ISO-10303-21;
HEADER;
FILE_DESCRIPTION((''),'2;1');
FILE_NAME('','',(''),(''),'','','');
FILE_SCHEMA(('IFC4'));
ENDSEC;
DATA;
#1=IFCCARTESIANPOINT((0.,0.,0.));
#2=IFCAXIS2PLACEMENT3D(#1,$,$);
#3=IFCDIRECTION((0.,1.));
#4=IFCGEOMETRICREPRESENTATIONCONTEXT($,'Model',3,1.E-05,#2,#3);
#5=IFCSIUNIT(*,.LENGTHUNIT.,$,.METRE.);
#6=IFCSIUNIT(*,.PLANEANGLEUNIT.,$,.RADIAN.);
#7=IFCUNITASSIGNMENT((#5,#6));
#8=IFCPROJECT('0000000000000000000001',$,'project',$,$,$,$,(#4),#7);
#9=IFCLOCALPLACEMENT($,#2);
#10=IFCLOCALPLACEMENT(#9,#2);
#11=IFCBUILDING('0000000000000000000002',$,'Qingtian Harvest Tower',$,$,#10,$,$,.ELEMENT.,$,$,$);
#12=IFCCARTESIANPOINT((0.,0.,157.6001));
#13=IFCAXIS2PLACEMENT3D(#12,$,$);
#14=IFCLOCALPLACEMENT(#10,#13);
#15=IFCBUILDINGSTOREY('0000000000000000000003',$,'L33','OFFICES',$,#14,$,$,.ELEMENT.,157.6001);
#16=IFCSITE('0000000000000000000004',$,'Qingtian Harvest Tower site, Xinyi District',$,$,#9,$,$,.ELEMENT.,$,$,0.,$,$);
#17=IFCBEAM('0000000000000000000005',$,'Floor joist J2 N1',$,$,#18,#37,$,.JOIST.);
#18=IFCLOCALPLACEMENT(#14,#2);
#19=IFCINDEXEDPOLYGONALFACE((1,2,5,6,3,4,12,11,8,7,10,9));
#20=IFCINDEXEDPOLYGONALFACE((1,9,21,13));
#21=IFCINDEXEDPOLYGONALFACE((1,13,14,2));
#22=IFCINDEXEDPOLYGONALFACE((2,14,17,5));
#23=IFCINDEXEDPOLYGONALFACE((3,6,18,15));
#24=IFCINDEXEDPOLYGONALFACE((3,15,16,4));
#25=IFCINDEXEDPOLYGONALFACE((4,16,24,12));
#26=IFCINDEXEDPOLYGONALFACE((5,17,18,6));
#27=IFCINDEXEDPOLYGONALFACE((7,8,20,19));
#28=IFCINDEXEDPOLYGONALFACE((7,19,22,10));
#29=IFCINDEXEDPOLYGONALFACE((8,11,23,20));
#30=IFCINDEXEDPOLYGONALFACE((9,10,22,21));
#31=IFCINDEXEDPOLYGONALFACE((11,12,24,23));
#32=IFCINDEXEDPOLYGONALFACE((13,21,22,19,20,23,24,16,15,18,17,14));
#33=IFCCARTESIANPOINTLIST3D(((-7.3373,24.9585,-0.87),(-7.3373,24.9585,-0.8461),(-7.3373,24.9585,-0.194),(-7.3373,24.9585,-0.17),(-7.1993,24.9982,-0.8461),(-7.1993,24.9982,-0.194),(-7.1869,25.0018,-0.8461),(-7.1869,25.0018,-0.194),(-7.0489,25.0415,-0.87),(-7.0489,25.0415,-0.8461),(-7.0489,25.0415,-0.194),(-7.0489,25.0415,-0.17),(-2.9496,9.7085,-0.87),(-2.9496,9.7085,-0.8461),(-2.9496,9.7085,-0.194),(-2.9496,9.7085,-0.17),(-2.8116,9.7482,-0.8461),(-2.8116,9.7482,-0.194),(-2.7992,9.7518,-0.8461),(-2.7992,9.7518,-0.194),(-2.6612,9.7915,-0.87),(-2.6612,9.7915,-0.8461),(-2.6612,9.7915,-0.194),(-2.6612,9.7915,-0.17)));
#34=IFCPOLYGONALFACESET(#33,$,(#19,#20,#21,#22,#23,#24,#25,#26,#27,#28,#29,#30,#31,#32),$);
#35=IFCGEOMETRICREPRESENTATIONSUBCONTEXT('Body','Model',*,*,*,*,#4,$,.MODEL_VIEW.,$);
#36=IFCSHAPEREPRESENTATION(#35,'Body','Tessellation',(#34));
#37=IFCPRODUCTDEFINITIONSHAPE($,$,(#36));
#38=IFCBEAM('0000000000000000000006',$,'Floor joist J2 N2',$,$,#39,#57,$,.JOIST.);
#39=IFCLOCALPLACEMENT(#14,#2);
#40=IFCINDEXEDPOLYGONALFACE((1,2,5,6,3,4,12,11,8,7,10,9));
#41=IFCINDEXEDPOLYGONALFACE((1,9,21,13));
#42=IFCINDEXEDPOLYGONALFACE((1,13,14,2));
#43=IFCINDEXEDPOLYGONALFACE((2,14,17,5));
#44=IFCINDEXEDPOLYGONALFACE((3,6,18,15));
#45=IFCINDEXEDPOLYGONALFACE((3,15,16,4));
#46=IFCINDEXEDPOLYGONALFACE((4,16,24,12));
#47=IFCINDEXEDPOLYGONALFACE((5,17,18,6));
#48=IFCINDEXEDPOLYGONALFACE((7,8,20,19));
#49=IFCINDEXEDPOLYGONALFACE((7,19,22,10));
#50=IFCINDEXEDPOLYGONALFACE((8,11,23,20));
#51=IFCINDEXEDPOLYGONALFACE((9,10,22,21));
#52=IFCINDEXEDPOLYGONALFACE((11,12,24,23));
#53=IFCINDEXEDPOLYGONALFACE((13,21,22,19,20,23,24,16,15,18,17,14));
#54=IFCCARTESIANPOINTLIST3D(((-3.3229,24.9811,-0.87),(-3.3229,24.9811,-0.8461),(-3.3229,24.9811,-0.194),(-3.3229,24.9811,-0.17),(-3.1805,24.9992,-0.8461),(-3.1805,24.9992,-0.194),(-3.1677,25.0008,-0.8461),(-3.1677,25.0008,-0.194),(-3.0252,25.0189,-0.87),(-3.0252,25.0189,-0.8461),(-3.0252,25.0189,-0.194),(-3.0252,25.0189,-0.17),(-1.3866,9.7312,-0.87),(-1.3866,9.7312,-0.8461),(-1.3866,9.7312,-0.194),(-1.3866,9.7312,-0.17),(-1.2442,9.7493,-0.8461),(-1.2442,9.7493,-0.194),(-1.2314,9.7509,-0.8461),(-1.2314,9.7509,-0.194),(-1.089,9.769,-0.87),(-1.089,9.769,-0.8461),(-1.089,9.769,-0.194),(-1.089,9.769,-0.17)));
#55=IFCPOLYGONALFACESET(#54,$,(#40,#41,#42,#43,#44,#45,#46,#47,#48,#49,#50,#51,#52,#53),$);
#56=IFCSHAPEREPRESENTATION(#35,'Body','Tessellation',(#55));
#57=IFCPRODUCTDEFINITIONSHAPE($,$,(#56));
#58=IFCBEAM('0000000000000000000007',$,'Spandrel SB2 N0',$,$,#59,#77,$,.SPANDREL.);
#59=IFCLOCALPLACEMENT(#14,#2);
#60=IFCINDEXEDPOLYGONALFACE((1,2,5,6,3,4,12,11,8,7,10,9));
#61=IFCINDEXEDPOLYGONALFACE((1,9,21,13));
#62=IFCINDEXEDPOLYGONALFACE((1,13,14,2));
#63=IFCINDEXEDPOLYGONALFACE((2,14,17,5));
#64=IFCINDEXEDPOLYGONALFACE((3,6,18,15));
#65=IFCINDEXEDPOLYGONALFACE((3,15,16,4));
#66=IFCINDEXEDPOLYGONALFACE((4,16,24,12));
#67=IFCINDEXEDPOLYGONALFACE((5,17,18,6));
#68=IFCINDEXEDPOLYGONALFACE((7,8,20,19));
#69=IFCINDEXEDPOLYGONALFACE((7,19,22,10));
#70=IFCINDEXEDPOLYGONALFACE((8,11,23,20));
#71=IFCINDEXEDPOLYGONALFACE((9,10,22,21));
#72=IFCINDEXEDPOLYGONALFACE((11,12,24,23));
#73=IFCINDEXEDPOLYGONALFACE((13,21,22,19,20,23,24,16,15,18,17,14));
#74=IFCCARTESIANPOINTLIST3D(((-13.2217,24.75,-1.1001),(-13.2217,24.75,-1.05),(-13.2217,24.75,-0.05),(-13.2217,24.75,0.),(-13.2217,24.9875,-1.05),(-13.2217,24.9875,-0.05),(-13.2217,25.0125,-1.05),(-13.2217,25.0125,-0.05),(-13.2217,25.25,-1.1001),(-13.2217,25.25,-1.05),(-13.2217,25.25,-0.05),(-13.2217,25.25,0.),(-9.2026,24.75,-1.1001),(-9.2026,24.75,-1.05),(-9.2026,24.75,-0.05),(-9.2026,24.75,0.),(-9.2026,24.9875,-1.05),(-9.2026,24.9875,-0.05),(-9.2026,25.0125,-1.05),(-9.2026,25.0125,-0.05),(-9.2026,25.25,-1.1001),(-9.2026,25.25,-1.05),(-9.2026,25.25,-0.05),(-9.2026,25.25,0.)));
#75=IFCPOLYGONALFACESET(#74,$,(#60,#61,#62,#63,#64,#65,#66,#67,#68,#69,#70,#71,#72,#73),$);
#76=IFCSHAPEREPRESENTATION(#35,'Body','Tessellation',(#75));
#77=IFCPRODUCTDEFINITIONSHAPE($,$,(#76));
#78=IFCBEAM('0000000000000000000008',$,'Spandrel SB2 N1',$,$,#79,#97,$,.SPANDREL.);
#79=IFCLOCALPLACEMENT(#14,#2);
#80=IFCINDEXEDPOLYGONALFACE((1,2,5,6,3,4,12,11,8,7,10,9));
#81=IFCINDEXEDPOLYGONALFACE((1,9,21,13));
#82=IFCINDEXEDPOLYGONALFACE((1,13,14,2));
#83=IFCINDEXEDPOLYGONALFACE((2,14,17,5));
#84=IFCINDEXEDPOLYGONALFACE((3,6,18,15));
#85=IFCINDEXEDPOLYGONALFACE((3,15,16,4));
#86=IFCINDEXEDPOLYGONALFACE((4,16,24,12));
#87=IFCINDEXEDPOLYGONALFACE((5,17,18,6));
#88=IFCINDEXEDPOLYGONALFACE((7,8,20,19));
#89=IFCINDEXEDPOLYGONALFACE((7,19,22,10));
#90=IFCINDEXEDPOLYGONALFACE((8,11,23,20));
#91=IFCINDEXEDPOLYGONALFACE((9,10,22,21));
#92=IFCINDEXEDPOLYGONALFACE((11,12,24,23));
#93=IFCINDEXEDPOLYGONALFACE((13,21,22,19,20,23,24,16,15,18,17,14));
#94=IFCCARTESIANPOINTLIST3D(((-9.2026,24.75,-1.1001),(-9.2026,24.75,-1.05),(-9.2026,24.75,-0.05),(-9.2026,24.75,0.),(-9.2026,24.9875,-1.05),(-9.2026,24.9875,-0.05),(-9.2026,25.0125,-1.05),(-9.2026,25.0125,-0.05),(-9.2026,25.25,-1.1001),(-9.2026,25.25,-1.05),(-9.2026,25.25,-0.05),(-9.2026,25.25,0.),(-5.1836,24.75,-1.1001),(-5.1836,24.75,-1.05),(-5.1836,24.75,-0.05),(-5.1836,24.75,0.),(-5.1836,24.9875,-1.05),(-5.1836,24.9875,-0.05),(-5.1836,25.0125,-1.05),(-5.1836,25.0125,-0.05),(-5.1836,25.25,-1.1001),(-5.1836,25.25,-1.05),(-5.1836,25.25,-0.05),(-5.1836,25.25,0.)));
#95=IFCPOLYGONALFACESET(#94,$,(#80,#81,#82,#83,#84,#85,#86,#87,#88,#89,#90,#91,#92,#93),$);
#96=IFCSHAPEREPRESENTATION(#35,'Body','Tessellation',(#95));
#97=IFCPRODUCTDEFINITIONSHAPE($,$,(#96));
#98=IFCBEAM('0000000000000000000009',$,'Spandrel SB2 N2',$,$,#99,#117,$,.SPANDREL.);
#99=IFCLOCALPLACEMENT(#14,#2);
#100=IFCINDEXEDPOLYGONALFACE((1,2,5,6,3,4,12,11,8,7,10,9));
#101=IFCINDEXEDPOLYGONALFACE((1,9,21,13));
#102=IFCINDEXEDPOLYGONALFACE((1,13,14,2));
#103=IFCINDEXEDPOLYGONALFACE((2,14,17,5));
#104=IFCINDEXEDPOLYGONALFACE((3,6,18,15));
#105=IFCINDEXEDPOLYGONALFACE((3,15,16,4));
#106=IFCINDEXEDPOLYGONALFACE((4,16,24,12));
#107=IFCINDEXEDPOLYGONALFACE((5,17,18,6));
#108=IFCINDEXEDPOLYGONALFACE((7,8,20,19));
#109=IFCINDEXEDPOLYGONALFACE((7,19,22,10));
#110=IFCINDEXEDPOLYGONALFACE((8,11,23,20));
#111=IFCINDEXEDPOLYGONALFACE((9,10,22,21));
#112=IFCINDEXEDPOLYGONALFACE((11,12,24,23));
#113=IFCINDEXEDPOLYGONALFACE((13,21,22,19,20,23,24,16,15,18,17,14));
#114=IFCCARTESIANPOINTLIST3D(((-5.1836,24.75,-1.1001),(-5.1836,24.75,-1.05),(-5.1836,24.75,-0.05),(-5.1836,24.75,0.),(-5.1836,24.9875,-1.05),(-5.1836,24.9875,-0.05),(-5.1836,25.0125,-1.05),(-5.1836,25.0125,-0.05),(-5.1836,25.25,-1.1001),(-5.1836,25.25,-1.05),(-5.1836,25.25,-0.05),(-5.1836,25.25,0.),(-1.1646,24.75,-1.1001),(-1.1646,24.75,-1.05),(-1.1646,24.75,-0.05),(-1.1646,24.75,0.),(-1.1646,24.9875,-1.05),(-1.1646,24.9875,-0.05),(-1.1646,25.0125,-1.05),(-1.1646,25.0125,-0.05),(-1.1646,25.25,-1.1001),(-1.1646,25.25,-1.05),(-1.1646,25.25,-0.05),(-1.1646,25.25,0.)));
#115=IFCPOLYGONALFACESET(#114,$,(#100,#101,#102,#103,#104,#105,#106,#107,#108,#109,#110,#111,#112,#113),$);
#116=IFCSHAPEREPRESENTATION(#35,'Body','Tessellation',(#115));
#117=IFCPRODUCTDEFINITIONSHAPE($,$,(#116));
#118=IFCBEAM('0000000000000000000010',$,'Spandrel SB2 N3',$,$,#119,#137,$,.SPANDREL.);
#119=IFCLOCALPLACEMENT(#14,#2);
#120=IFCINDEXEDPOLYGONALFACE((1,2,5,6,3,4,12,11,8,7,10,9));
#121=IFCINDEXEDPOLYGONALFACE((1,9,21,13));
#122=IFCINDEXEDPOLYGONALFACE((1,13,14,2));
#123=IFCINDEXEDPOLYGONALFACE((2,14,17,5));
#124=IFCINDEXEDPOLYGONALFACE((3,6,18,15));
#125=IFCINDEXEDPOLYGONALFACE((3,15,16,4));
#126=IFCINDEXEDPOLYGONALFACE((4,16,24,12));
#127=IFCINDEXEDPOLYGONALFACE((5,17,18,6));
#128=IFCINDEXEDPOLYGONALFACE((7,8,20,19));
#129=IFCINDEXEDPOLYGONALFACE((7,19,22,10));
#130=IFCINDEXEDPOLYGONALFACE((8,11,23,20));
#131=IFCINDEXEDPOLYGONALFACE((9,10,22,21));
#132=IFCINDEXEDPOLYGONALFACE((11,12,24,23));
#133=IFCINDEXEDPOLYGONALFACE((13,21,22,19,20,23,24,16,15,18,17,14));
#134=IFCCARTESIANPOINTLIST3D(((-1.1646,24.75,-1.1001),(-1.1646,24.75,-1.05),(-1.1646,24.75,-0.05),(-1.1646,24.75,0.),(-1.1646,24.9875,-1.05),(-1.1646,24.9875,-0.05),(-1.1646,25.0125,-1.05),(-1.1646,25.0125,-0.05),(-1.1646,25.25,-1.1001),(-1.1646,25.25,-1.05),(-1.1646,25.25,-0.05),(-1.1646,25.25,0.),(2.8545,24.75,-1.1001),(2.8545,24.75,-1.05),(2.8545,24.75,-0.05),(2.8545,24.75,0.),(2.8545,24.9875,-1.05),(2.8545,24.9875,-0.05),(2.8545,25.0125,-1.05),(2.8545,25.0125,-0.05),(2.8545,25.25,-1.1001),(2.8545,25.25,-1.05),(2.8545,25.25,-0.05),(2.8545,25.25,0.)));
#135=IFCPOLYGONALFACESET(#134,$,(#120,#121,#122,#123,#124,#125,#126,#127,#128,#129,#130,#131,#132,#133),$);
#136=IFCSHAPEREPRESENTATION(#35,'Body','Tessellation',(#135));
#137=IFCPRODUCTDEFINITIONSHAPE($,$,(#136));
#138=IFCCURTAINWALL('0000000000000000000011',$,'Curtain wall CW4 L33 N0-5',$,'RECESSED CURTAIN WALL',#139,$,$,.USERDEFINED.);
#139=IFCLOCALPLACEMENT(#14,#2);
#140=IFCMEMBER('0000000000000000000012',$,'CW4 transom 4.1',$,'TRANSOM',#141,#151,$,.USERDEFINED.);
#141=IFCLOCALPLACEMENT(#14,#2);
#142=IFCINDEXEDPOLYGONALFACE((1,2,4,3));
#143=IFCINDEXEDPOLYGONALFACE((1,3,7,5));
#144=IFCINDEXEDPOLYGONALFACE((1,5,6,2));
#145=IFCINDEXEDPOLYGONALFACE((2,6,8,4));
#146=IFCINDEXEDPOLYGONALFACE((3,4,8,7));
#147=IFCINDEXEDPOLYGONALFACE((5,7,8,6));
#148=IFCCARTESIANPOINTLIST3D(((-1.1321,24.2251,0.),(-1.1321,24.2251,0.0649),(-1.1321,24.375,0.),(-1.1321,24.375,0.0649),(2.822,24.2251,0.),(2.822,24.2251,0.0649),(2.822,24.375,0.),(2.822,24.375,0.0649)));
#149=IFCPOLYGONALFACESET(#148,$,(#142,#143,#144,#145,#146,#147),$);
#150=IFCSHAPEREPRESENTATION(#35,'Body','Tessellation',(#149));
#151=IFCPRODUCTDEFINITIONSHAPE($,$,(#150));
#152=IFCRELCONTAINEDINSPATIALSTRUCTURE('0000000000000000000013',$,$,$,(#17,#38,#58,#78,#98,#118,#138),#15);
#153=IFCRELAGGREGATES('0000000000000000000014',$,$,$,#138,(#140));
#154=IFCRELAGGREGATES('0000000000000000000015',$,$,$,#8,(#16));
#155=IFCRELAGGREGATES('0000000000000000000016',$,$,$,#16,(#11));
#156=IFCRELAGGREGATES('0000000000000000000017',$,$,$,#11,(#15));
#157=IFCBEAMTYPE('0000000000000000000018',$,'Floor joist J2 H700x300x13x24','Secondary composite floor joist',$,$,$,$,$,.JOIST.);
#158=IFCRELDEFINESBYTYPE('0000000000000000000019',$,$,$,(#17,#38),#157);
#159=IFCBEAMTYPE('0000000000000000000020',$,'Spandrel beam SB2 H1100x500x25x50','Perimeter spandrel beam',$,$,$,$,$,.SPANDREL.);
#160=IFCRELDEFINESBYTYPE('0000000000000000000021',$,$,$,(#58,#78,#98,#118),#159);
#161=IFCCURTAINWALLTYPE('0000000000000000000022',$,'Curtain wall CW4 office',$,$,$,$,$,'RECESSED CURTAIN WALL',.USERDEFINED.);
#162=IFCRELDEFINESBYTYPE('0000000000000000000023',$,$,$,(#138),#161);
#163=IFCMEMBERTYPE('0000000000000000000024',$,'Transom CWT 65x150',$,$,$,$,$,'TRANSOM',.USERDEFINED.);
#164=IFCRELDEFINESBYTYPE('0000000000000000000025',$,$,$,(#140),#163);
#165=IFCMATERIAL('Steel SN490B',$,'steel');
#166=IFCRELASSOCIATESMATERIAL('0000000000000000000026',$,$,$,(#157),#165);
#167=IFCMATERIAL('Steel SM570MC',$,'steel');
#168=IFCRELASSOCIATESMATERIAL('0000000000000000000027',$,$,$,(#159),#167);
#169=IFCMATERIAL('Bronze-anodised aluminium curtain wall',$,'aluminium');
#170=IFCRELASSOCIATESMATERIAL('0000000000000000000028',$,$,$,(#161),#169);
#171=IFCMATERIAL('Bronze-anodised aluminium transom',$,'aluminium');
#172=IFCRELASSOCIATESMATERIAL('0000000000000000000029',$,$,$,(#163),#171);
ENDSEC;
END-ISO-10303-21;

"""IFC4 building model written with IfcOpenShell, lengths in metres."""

from ifc_helpers import new_model, si_unit, direction, frame, origin, origin_2d, place, context, subcontext, project, spatial, rectangle, i_section, extrude, material, material_profile, profile_set, type_object, element, aggregate, save


model = new_model("IFC4")

# Units and contexts
model_context = context("Model", 3, precision=1e-05, world=origin(), true_north=direction((0.0, 1.0)))
body_context = subcontext(model_context, "Body", "Model", "MODEL_VIEW")
ifc_project = project(units=[si_unit("LENGTHUNIT", "METRE"), si_unit("PLANEANGLEUNIT", "RADIAN")], contexts=[model_context])

# Site, building, storey
site_placement = place(None, origin())
site = spatial("IfcSite", under=ifc_project, at=site_placement, Name="Qingtian Harvest Tower site, Xinyi District", CompositionType="ELEMENT", RefElevation=0.0)
building_placement = place(site_placement, origin())
building = spatial("IfcBuilding", under=site, at=building_placement, Name="Qingtian Harvest Tower", CompositionType="ELEMENT")
storey_placement = place(building_placement, frame((0.0, 0.0, 157.6001)))
storey = spatial("IfcBuildingStorey", under=building, at=storey_placement, Name="L33", Description="OFFICES", CompositionType="ELEMENT", Elevation=157.6001)

# Beams
ifc_material_1 = material(Name="Steel SN490B", Category="steel")
ifc_material_profile_1 = material_profile(ifc_material_1, i_section(OverallWidth=0.3, OverallDepth=0.7, WebThickness=0.0129, FlangeThickness=0.0239, at=origin_2d()), Name="H700x300x13x24")
ifc_profile_set_1 = profile_set([ifc_material_profile_1], Name="Steel SN490B")
beam_type_1 = type_object("IfcBeamType", Name="Floor joist J2 H700x300x13x24", Description="Secondary composite floor joist", PredefinedType="JOIST", material=ifc_profile_set_1)
beam_1_placement = place(storey_placement, frame((-7.1931, 25.0, -0.52), z_axis=(0.276501, -0.961014, 0.0), x_axis=(0.961014, 0.276501, 0.0)))
element("IfcBeam", 1, at=beam_1_placement, inside=storey, type_object=beam_type_1, Name="Floor joist J2 N1", PredefinedType="JOIST", context=body_context, shape_type="SweptSolid", body=[
    extrude(i_section(OverallWidth=0.3, OverallDepth=0.7, WebThickness=0.0129, FlangeThickness=0.0239, at=origin_2d()), origin(), (0.0, 0.0, 1.0), 15.8687),
])
beam_2_placement = place(storey_placement, frame((-3.1741, 25.0, -0.52), z_axis=(0.125958, -0.992036, 0.0), x_axis=(0.992036, 0.125958, 0.0)))
element("IfcBeam", 2, at=beam_2_placement, inside=storey, type_object=beam_type_1, Name="Floor joist J2 N2", PredefinedType="JOIST", context=body_context, shape_type="SweptSolid", body=[
    extrude(i_section(OverallWidth=0.3, OverallDepth=0.7, WebThickness=0.0129, FlangeThickness=0.0239, at=origin_2d()), origin(), (0.0, 0.0, 1.0), 15.3723),
])
ifc_material_2 = material(Name="Steel SM570MC", Category="steel")
ifc_material_profile_2 = material_profile(ifc_material_2, i_section(OverallWidth=0.5, OverallDepth=1.1001, WebThickness=0.0249, FlangeThickness=0.05, at=origin_2d()), Name="H1100x500x25x50")
ifc_profile_set_2 = profile_set([ifc_material_profile_2], Name="Steel SM570MC")
beam_type_2 = type_object("IfcBeamType", Name="Spandrel beam SB2 H1100x500x25x50", Description="Perimeter spandrel beam", PredefinedType="SPANDREL", material=ifc_profile_set_2)
for number, where, z_axis, x_axis, name in (
    (3, (-13.2217, 25.0, -0.55), (1.0, 0.0, 0.0), (0.0, 1.0, 0.0), "Spandrel SB2 N0"),
    (4, (-9.2026, 25.0, -0.55), (1.0, 0.0, 0.0), (0.0, 1.0, 0.0), "Spandrel SB2 N1"),
    (5, (-5.1836, 25.0, -0.55), (1.0, 0.0, 0.0), (0.0, 1.0, 0.0), "Spandrel SB2 N2"),
    (6, (-1.1646, 25.0, -0.55), (1.0, 0.0, 0.0), (0.0, 1.0, 0.0), "Spandrel SB2 N3"),
):
    element("IfcBeam", number, at=place(storey_placement, frame(where, z_axis=z_axis, x_axis=x_axis)), inside=storey, type_object=beam_type_2, Name=name, PredefinedType="SPANDREL", context=body_context, shape_type="SweptSolid", body=[
        extrude(i_section(OverallWidth=0.5, OverallDepth=1.1001, WebThickness=0.0249, FlangeThickness=0.05, at=origin_2d()), origin(), (0.0, 0.0, 1.0), 4.019),
    ])

# Curtain wall, member
ifc_material_3 = material(Name="Bronze-anodised aluminium curtain wall", Category="aluminium")
curtain_wall_type = type_object("IfcCurtainWallType", Name="Curtain wall CW4 office", ElementType="RECESSED CURTAIN WALL", PredefinedType="USERDEFINED", material=ifc_material_3)
curtain_wall_placement = place(storey_placement, origin())
curtain_wall = element("IfcCurtainWall", 7, at=curtain_wall_placement, inside=storey, type_object=curtain_wall_type, Name="Curtain wall CW4 L33 N0-5", ObjectType="RECESSED CURTAIN WALL", PredefinedType="USERDEFINED")
ifc_material_4 = material(Name="Bronze-anodised aluminium transom", Category="aluminium")
ifc_material_profile_3 = material_profile(ifc_material_4, rectangle(XDim=0.1499, YDim=0.0649, at=origin_2d()), Name="AL 65x150")
ifc_profile_set_3 = profile_set([ifc_material_profile_3], Name="Bronze-anodised aluminium transom")
member_type = type_object("IfcMemberType", Name="Transom CWT 65x150", ElementType="TRANSOM", PredefinedType="USERDEFINED", material=ifc_profile_set_3)
member_placement = place(storey_placement, frame((-1.1321, 24.3, 0.0325), z_axis=(1.0, 0.0, 0.0), x_axis=(0.0, 1.0, 0.0)))
member = element("IfcMember", 8, at=member_placement, type_object=member_type, Name="CW4 transom 4.1", ObjectType="TRANSOM", PredefinedType="USERDEFINED", context=body_context, shape_type="SweptSolid", body=[
    extrude(rectangle(XDim=0.1499, YDim=0.0649, at=origin_2d()), origin(), (0.0, 0.0, 1.0), 3.9541),
])
aggregate(curtain_wall, [member])

save(model, "model.ifc")
